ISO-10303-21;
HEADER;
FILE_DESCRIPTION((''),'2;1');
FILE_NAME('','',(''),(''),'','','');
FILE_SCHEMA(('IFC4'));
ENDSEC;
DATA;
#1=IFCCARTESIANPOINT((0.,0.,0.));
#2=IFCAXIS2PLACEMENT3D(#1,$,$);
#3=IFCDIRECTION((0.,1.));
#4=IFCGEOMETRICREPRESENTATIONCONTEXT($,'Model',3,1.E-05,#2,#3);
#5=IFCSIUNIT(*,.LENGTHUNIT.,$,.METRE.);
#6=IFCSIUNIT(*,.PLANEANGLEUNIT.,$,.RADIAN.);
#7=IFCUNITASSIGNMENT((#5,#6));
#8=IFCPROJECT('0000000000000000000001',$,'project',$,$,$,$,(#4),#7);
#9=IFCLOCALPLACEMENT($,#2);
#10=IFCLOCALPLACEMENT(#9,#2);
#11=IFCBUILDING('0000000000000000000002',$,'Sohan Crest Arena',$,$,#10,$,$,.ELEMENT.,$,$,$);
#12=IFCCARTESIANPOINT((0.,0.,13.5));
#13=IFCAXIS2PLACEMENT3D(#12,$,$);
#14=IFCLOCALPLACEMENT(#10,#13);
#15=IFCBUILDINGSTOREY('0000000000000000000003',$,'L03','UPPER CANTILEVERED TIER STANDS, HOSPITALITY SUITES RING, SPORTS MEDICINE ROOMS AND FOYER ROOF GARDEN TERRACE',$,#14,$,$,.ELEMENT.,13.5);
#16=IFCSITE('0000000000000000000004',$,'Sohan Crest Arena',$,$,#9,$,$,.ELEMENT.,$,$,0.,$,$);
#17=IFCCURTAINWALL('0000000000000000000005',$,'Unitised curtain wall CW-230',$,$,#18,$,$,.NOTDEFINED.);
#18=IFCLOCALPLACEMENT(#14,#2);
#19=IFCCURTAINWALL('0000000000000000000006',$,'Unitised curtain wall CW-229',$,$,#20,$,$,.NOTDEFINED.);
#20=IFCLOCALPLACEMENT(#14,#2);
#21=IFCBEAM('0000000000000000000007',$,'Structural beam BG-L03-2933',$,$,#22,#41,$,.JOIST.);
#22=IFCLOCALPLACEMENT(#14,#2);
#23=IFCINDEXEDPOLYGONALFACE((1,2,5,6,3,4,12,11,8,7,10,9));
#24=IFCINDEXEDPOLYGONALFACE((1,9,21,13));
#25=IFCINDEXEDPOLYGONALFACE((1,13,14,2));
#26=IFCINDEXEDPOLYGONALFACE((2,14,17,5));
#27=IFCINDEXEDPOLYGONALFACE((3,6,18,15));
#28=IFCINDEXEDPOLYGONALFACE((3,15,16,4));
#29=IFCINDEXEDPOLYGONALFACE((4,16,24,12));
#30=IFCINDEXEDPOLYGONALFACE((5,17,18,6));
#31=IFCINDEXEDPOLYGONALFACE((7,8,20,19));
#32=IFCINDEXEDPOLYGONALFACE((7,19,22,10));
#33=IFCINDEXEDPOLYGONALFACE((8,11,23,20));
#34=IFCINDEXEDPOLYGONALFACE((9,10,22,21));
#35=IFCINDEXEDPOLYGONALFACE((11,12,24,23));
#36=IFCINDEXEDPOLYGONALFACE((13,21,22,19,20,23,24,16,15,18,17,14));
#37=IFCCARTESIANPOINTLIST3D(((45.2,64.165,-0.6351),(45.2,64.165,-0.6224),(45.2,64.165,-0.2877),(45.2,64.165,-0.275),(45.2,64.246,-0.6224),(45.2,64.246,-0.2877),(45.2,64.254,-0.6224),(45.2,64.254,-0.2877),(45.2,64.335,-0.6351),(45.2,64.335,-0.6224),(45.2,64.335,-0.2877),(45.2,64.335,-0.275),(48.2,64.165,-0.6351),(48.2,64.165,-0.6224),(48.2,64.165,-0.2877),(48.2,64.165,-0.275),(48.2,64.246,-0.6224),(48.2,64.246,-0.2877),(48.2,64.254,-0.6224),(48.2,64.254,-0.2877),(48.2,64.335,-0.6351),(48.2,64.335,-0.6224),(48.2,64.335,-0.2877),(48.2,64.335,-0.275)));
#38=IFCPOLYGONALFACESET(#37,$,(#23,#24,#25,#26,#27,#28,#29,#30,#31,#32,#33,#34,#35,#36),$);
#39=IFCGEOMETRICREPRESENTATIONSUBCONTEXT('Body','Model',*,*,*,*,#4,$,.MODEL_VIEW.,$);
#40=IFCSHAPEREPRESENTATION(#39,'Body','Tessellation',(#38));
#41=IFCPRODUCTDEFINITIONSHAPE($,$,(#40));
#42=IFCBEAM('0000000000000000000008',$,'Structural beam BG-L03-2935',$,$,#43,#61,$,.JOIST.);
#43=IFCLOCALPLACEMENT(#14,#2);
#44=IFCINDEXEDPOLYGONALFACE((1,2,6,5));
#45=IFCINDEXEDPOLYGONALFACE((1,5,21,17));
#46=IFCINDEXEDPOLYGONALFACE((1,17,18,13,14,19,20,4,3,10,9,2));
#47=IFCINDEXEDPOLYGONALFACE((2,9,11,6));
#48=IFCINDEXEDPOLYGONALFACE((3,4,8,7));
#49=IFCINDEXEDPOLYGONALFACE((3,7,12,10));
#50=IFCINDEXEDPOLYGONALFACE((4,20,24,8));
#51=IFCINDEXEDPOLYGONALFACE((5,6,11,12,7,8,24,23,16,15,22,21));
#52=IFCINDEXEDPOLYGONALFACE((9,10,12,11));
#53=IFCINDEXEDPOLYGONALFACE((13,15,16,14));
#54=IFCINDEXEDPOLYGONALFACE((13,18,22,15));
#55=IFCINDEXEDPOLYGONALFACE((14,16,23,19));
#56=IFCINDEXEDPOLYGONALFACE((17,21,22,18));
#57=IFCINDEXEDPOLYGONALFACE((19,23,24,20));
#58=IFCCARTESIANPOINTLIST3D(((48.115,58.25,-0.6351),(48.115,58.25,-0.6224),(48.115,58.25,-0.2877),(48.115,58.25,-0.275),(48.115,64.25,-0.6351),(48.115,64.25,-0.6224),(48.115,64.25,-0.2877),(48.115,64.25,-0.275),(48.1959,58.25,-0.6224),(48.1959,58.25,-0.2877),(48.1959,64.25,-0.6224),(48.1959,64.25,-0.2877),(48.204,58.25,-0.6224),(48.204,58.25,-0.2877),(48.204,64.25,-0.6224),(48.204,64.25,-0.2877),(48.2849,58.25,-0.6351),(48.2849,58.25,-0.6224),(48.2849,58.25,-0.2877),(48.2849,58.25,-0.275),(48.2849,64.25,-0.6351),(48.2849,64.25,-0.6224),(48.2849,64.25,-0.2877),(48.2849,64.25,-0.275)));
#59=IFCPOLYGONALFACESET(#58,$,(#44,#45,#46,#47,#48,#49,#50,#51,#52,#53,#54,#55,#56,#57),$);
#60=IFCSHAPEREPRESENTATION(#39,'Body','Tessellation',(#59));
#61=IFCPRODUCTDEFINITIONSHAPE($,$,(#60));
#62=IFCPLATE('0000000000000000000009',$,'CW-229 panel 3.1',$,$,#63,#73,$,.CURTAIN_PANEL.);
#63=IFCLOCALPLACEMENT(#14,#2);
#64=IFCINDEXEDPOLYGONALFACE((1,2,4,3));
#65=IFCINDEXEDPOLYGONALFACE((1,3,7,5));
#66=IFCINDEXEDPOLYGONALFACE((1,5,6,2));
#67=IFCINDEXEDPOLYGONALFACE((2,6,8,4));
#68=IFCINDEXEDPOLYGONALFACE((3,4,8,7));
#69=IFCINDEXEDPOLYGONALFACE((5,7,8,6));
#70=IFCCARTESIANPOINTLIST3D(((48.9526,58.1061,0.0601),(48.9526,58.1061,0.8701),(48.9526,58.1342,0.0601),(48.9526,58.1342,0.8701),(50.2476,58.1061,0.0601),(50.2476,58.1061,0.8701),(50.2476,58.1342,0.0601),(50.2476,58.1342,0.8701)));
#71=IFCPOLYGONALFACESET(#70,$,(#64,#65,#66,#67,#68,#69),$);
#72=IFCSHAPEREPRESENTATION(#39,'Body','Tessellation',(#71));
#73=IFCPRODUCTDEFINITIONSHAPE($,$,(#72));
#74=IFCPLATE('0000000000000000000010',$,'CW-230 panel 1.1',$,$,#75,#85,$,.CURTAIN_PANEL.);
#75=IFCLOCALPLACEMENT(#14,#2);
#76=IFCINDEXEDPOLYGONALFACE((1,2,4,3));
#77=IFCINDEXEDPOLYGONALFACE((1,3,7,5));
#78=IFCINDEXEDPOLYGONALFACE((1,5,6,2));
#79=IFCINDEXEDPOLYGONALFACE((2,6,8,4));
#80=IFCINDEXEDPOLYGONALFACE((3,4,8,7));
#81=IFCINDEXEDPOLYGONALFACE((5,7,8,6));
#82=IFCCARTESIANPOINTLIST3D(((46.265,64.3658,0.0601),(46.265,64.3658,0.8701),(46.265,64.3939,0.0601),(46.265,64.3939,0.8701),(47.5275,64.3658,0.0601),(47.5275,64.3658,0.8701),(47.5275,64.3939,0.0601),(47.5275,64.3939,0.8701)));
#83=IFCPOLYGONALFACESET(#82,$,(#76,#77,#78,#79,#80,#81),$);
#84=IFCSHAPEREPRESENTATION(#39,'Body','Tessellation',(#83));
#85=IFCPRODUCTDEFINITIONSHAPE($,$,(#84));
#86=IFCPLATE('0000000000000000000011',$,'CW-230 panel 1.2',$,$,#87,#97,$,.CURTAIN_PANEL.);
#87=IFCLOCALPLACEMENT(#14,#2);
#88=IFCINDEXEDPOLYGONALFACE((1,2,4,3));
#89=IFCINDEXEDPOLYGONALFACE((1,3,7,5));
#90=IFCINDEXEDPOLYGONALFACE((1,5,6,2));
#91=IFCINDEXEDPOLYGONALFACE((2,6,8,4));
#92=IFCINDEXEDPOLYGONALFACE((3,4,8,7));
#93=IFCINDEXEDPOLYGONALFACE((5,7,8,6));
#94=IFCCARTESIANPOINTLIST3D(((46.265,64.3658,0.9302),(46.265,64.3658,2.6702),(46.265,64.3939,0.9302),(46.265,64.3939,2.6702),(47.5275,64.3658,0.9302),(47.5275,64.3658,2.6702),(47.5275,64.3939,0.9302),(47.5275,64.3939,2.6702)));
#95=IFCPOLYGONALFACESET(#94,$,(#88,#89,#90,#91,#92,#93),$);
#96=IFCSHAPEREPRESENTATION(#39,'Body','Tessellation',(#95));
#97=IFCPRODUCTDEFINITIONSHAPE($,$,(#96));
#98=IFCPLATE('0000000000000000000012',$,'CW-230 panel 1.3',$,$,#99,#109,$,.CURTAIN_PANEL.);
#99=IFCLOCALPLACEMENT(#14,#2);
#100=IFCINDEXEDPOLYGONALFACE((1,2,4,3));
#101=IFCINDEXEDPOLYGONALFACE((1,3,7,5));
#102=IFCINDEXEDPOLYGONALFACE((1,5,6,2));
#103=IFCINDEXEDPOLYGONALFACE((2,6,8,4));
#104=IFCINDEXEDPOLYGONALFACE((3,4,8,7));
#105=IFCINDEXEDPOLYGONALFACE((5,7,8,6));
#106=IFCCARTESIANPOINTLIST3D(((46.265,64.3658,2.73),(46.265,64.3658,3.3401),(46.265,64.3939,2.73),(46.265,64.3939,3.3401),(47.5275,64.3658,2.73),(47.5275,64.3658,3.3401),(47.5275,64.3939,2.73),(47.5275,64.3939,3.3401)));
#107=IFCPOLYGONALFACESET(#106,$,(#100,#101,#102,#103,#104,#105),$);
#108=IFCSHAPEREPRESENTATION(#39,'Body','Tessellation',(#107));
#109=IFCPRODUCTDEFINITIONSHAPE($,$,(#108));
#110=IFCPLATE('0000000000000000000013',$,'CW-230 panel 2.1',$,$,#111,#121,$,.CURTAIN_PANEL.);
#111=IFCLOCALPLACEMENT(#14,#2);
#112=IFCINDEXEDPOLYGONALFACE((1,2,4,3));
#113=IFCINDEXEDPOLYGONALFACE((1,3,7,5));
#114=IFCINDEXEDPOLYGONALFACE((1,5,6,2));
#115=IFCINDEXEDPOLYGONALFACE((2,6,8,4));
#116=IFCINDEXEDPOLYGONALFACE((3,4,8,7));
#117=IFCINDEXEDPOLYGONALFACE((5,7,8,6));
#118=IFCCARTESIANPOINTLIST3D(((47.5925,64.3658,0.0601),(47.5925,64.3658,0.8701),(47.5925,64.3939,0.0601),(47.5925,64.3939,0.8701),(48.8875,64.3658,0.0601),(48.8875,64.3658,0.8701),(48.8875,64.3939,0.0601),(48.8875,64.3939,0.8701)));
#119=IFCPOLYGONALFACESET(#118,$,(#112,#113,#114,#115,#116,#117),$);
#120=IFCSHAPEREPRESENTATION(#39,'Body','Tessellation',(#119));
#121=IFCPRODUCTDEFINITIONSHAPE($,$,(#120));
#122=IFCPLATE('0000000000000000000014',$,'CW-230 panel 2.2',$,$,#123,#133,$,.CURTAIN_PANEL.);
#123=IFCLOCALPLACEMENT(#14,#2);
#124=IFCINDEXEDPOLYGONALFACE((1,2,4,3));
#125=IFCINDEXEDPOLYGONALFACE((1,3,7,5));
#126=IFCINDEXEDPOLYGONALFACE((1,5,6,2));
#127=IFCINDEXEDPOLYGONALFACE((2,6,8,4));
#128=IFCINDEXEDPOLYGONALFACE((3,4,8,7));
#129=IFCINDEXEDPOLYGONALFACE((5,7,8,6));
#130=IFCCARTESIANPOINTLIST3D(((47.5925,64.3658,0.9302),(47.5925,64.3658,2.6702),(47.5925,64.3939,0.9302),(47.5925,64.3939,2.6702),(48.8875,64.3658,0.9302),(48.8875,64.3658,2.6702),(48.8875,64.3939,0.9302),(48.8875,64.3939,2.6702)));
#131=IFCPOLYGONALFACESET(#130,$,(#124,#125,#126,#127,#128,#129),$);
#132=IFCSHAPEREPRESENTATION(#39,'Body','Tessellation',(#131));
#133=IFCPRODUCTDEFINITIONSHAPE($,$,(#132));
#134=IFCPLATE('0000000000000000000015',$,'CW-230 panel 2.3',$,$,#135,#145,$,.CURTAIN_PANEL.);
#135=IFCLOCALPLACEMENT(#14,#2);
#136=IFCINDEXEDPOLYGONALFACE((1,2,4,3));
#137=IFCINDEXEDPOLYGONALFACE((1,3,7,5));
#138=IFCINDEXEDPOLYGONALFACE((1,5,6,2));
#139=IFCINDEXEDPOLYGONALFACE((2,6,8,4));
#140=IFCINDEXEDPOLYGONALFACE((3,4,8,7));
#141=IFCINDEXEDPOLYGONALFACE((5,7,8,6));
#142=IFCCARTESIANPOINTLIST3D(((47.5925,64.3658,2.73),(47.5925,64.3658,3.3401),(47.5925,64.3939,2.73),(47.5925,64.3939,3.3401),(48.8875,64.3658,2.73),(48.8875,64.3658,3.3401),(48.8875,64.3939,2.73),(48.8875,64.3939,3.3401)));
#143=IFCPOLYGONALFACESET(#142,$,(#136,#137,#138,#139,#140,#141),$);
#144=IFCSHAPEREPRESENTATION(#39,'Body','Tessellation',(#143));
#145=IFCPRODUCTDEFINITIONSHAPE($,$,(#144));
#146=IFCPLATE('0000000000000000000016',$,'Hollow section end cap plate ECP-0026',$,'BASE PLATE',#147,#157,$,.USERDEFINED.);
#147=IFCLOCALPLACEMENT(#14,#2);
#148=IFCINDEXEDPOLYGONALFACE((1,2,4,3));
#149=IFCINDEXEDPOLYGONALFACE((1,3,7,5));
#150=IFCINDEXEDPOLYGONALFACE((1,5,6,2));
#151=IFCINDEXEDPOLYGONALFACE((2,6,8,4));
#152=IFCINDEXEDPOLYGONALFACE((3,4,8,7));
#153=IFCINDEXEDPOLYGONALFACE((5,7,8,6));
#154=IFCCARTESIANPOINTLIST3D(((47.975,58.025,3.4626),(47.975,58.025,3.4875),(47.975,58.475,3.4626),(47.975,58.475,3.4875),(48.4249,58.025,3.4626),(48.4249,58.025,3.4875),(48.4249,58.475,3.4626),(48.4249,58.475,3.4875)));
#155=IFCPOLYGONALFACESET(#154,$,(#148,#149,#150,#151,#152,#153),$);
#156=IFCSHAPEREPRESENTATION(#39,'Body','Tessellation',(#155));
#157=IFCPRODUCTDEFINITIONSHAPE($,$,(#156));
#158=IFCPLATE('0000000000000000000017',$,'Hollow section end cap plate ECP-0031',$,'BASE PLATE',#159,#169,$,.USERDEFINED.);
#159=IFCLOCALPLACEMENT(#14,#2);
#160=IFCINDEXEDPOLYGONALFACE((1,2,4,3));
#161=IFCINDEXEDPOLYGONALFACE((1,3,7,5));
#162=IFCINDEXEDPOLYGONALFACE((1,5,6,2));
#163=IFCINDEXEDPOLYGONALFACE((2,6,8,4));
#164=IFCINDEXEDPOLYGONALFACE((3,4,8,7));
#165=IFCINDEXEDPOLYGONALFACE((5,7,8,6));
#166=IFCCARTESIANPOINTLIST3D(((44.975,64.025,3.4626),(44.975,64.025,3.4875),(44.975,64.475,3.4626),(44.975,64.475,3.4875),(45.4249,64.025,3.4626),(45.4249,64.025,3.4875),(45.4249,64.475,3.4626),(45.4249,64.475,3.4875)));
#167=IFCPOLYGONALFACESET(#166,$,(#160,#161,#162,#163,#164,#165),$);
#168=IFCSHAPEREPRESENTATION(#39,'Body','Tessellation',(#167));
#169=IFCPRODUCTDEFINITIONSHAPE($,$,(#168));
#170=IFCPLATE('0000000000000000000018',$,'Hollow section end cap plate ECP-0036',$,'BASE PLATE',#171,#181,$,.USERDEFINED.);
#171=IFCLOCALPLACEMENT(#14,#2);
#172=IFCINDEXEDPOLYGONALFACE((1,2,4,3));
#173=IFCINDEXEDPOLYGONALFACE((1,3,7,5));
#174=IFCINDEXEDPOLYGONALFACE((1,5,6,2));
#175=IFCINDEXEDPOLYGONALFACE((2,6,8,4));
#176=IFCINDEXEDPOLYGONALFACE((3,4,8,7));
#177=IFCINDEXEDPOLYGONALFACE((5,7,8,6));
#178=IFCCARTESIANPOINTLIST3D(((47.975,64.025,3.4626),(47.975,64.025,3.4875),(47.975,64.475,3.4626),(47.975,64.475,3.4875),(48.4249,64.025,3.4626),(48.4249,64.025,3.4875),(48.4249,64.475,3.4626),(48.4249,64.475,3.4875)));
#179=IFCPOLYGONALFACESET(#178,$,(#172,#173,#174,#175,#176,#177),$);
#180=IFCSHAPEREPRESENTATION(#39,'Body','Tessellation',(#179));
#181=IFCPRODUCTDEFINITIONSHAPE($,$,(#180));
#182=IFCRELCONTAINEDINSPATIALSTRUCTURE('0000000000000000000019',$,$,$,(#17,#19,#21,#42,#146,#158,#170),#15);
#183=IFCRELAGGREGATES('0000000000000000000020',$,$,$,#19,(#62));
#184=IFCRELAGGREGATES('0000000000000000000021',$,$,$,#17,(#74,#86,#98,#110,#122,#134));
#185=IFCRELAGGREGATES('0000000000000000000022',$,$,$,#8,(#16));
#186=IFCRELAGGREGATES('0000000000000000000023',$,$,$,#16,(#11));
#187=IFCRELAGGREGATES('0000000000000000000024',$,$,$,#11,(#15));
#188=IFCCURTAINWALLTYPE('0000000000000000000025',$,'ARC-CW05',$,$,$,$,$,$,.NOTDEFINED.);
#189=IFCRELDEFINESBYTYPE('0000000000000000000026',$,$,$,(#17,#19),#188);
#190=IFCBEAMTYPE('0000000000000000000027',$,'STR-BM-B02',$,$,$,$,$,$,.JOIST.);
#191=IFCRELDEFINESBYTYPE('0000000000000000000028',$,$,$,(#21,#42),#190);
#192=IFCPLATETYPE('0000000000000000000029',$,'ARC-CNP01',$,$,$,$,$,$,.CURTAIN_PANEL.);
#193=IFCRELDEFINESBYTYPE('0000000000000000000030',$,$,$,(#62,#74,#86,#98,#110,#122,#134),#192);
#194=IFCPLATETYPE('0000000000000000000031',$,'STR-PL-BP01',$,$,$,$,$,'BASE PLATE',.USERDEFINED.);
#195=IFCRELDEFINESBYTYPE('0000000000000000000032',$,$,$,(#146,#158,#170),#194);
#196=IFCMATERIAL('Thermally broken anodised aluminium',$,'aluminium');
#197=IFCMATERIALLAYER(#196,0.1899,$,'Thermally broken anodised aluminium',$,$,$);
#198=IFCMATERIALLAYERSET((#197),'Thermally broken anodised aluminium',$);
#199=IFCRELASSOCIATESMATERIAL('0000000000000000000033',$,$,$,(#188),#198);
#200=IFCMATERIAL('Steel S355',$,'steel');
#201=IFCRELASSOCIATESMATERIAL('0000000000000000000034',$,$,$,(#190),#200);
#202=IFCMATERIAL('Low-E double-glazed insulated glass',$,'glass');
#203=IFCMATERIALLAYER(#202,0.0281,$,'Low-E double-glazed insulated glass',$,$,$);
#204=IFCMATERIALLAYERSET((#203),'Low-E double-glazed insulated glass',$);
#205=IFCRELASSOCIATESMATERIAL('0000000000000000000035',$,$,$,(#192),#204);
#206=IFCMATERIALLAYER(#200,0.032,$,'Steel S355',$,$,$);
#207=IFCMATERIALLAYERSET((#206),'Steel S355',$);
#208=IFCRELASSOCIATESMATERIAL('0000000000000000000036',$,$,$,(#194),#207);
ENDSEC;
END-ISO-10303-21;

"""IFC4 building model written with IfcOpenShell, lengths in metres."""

from ifc_helpers import new_model, si_unit, direction, frame, origin, origin_2d, place, context, subcontext, project, spatial, rectangle, i_section, extrude, material, layer, layer_set, material_profile, profile_set, type_object, element, aggregate, save


model = new_model("IFC4")

# Units and contexts
model_context = context("Model", 3, precision=1e-05, world=origin(), true_north=direction((0.0, 1.0)))
body_context = subcontext(model_context, "Body", "Model", "MODEL_VIEW")
ifc_project = project(units=[si_unit("LENGTHUNIT", "METRE"), si_unit("PLANEANGLEUNIT", "RADIAN")], contexts=[model_context])

# Site, building, storey
site_placement = place(None, origin())
site = spatial("IfcSite", under=ifc_project, at=site_placement, Name="Sohan Crest Arena", CompositionType="ELEMENT", RefElevation=0.0)
building_placement = place(site_placement, origin())
building = spatial("IfcBuilding", under=site, at=building_placement, Name="Sohan Crest Arena", CompositionType="ELEMENT")
storey_placement = place(building_placement, frame((0.0, 0.0, 13.5)))
storey = spatial("IfcBuildingStorey", under=building, at=storey_placement, Name="L03", Description="UPPER CANTILEVERED TIER STANDS, HOSPITALITY SUITES RING, SPORTS MEDICINE ROOMS AND FOYER ROOF GARDEN TERRACE", CompositionType="ELEMENT", Elevation=13.5)

# Shared definitions
ifc_material_1 = material(Name="Steel S355", Category="steel")

# Curtain walls
ifc_material_2 = material(Name="Thermally broken anodised aluminium", Category="aluminium")
ifc_layer_1 = layer(ifc_material_2, 0.1899, Name="Thermally broken anodised aluminium")
ifc_layer_set_1 = layer_set([ifc_layer_1], Name="Thermally broken anodised aluminium")
curtain_wall_type = type_object("IfcCurtainWallType", Name="ARC-CW05", PredefinedType="NOTDEFINED", material=ifc_layer_set_1)
curtain_wall_1_placement = place(storey_placement, origin())
curtain_wall_1 = element("IfcCurtainWall", 1, at=curtain_wall_1_placement, inside=storey, type_object=curtain_wall_type, Name="Unitised curtain wall CW-230", PredefinedType="NOTDEFINED")
curtain_wall_2_placement = place(storey_placement, origin())
curtain_wall_2 = element("IfcCurtainWall", 2, at=curtain_wall_2_placement, inside=storey, type_object=curtain_wall_type, Name="Unitised curtain wall CW-229", PredefinedType="NOTDEFINED")

# Beams
ifc_material_profile_1 = material_profile(ifc_material_1, i_section(OverallWidth=0.1699, OverallDepth=0.3601, WebThickness=0.0081, FlangeThickness=0.0127, at=origin_2d()), Name="IPE 360")
ifc_profile_set_1 = profile_set([ifc_material_profile_1], Name="Steel S355")
beam_type_1 = type_object("IfcBeamType", Name="STR-BM-B02", PredefinedType="JOIST", material=ifc_profile_set_1)
beam_1_placement = place(storey_placement, frame((45.2, 64.25, -0.4551), z_axis=(1.0, 0.0, 0.0), x_axis=(0.0, 1.0, 0.0)))
element("IfcBeam", 3, at=beam_1_placement, inside=storey, type_object=beam_type_1, Name="Structural beam BG-L03-2933", PredefinedType="JOIST", context=body_context, shape_type="SweptSolid", body=[
    extrude(i_section(OverallWidth=0.1699, OverallDepth=0.3601, WebThickness=0.0081, FlangeThickness=0.0127, at=origin_2d()), origin(), (0.0, 0.0, 1.0), 3.0),
])
beam_2_placement = place(storey_placement, frame((48.2, 58.25, -0.4551), z_axis=(0.0, 1.0, 0.0), x_axis=(-1.0, 0.0, 0.0)))
element("IfcBeam", 4, at=beam_2_placement, inside=storey, type_object=beam_type_1, Name="Structural beam BG-L03-2935", PredefinedType="JOIST", context=body_context, shape_type="SweptSolid", body=[
    extrude(i_section(OverallWidth=0.1699, OverallDepth=0.3601, WebThickness=0.0081, FlangeThickness=0.0127, at=origin_2d()), origin(), (0.0, 0.0, 1.0), 6.0),
])

# Plates
ifc_material_3 = material(Name="Low-E double-glazed insulated glass", Category="glass")
ifc_layer_2 = layer(ifc_material_3, 0.0281, Name="Low-E double-glazed insulated glass")
ifc_layer_set_2 = layer_set([ifc_layer_2], Name="Low-E double-glazed insulated glass")
plate_type_1 = type_object("IfcPlateType", Name="ARC-CNP01", PredefinedType="CURTAIN_PANEL", material=ifc_layer_set_2)
plate_1_placement = place(storey_placement, frame((49.6001, 58.1201, 0.0601), z_axis=(0.0, 0.0, 1.0), x_axis=(1.0, 0.0, 0.0)))
plate_1 = element("IfcPlate", 5, at=plate_1_placement, type_object=plate_type_1, Name="CW-229 panel 3.1", PredefinedType="CURTAIN_PANEL", context=body_context, shape_type="SweptSolid", body=[
    extrude(rectangle(XDim=1.2949, YDim=0.0281, at=origin_2d()), origin(), (0.0, 0.0, 1.0), 0.8101),
])
aggregate(curtain_wall_2, [plate_1])
plate_2_placement = place(storey_placement, frame((46.8962, 64.3799, 0.0601), z_axis=(0.0, 0.0, 1.0), x_axis=(1.0, 0.0, 0.0)))
plate_2 = element("IfcPlate", 6, at=plate_2_placement, type_object=plate_type_1, Name="CW-230 panel 1.1", PredefinedType="CURTAIN_PANEL", context=body_context, shape_type="SweptSolid", body=[
    extrude(rectangle(XDim=1.2625, YDim=0.0281, at=origin_2d()), origin(), (0.0, 0.0, 1.0), 0.8101),
])
plate_3_placement = place(storey_placement, frame((46.8962, 64.3799, 0.9302), z_axis=(0.0, 0.0, 1.0), x_axis=(1.0, 0.0, 0.0)))
plate_3 = element("IfcPlate", 7, at=plate_3_placement, type_object=plate_type_1, Name="CW-230 panel 1.2", PredefinedType="CURTAIN_PANEL", context=body_context, shape_type="SweptSolid", body=[
    extrude(rectangle(XDim=1.2625, YDim=0.0281, at=origin_2d()), origin(), (0.0, 0.0, 1.0), 1.74),
])
plate_4_placement = place(storey_placement, frame((46.8962, 64.3799, 2.73), z_axis=(0.0, 0.0, 1.0), x_axis=(1.0, 0.0, 0.0)))
plate_4 = element("IfcPlate", 8, at=plate_4_placement, type_object=plate_type_1, Name="CW-230 panel 1.3", PredefinedType="CURTAIN_PANEL", context=body_context, shape_type="SweptSolid", body=[
    extrude(rectangle(XDim=1.2625, YDim=0.0281, at=origin_2d()), origin(), (0.0, 0.0, 1.0), 0.6101),
])
plate_5_placement = place(storey_placement, frame((48.24, 64.3799, 0.0601), z_axis=(0.0, 0.0, 1.0), x_axis=(1.0, 0.0, 0.0)))
plate_5 = element("IfcPlate", 9, at=plate_5_placement, type_object=plate_type_1, Name="CW-230 panel 2.1", PredefinedType="CURTAIN_PANEL", context=body_context, shape_type="SweptSolid", body=[
    extrude(rectangle(XDim=1.2949, YDim=0.0281, at=origin_2d()), origin(), (0.0, 0.0, 1.0), 0.8101),
])
plate_6_placement = place(storey_placement, frame((48.24, 64.3799, 0.9302), z_axis=(0.0, 0.0, 1.0), x_axis=(1.0, 0.0, 0.0)))
plate_6 = element("IfcPlate", 10, at=plate_6_placement, type_object=plate_type_1, Name="CW-230 panel 2.2", PredefinedType="CURTAIN_PANEL", context=body_context, shape_type="SweptSolid", body=[
    extrude(rectangle(XDim=1.2949, YDim=0.0281, at=origin_2d()), origin(), (0.0, 0.0, 1.0), 1.74),
])
plate_7_placement = place(storey_placement, frame((48.24, 64.3799, 2.73), z_axis=(0.0, 0.0, 1.0), x_axis=(1.0, 0.0, 0.0)))
plate_7 = element("IfcPlate", 11, at=plate_7_placement, type_object=plate_type_1, Name="CW-230 panel 2.3", PredefinedType="CURTAIN_PANEL", context=body_context, shape_type="SweptSolid", body=[
    extrude(rectangle(XDim=1.2949, YDim=0.0281, at=origin_2d()), origin(), (0.0, 0.0, 1.0), 0.6101),
])
aggregate(curtain_wall_1, [plate_2, plate_3, plate_4, plate_5, plate_6, plate_7])

# Plates
ifc_layer_3 = layer(ifc_material_1, 0.032, Name="Steel S355")
ifc_layer_set_3 = layer_set([ifc_layer_3], Name="Steel S355")
plate_type_2 = type_object("IfcPlateType", Name="STR-PL-BP01", ElementType="BASE PLATE", PredefinedType="USERDEFINED", material=ifc_layer_set_3)
for number, where, z_axis, x_axis, name in (
    (12, (48.2, 58.25, 3.4626), (0.0, 0.0, 1.0), (1.0, 0.0, 0.0), "Hollow section end cap plate ECP-0026"),
    (13, (45.2, 64.25, 3.4626), (0.0, 0.0, 1.0), (1.0, 0.0, 0.0), "Hollow section end cap plate ECP-0031"),
    (14, (48.2, 64.25, 3.4626), (0.0, 0.0, 1.0), (1.0, 0.0, 0.0), "Hollow section end cap plate ECP-0036"),
):
    element("IfcPlate", number, at=place(storey_placement, frame(where, z_axis=z_axis, x_axis=x_axis)), inside=storey, type_object=plate_type_2, Name=name, ObjectType="BASE PLATE", PredefinedType="USERDEFINED", context=body_context, shape_type="SweptSolid", body=[
        extrude(rectangle(XDim=0.45, YDim=0.45, at=origin_2d()), origin(), (0.0, 0.0, 1.0), 0.0249),
    ])

save(model, "model.ifc")
